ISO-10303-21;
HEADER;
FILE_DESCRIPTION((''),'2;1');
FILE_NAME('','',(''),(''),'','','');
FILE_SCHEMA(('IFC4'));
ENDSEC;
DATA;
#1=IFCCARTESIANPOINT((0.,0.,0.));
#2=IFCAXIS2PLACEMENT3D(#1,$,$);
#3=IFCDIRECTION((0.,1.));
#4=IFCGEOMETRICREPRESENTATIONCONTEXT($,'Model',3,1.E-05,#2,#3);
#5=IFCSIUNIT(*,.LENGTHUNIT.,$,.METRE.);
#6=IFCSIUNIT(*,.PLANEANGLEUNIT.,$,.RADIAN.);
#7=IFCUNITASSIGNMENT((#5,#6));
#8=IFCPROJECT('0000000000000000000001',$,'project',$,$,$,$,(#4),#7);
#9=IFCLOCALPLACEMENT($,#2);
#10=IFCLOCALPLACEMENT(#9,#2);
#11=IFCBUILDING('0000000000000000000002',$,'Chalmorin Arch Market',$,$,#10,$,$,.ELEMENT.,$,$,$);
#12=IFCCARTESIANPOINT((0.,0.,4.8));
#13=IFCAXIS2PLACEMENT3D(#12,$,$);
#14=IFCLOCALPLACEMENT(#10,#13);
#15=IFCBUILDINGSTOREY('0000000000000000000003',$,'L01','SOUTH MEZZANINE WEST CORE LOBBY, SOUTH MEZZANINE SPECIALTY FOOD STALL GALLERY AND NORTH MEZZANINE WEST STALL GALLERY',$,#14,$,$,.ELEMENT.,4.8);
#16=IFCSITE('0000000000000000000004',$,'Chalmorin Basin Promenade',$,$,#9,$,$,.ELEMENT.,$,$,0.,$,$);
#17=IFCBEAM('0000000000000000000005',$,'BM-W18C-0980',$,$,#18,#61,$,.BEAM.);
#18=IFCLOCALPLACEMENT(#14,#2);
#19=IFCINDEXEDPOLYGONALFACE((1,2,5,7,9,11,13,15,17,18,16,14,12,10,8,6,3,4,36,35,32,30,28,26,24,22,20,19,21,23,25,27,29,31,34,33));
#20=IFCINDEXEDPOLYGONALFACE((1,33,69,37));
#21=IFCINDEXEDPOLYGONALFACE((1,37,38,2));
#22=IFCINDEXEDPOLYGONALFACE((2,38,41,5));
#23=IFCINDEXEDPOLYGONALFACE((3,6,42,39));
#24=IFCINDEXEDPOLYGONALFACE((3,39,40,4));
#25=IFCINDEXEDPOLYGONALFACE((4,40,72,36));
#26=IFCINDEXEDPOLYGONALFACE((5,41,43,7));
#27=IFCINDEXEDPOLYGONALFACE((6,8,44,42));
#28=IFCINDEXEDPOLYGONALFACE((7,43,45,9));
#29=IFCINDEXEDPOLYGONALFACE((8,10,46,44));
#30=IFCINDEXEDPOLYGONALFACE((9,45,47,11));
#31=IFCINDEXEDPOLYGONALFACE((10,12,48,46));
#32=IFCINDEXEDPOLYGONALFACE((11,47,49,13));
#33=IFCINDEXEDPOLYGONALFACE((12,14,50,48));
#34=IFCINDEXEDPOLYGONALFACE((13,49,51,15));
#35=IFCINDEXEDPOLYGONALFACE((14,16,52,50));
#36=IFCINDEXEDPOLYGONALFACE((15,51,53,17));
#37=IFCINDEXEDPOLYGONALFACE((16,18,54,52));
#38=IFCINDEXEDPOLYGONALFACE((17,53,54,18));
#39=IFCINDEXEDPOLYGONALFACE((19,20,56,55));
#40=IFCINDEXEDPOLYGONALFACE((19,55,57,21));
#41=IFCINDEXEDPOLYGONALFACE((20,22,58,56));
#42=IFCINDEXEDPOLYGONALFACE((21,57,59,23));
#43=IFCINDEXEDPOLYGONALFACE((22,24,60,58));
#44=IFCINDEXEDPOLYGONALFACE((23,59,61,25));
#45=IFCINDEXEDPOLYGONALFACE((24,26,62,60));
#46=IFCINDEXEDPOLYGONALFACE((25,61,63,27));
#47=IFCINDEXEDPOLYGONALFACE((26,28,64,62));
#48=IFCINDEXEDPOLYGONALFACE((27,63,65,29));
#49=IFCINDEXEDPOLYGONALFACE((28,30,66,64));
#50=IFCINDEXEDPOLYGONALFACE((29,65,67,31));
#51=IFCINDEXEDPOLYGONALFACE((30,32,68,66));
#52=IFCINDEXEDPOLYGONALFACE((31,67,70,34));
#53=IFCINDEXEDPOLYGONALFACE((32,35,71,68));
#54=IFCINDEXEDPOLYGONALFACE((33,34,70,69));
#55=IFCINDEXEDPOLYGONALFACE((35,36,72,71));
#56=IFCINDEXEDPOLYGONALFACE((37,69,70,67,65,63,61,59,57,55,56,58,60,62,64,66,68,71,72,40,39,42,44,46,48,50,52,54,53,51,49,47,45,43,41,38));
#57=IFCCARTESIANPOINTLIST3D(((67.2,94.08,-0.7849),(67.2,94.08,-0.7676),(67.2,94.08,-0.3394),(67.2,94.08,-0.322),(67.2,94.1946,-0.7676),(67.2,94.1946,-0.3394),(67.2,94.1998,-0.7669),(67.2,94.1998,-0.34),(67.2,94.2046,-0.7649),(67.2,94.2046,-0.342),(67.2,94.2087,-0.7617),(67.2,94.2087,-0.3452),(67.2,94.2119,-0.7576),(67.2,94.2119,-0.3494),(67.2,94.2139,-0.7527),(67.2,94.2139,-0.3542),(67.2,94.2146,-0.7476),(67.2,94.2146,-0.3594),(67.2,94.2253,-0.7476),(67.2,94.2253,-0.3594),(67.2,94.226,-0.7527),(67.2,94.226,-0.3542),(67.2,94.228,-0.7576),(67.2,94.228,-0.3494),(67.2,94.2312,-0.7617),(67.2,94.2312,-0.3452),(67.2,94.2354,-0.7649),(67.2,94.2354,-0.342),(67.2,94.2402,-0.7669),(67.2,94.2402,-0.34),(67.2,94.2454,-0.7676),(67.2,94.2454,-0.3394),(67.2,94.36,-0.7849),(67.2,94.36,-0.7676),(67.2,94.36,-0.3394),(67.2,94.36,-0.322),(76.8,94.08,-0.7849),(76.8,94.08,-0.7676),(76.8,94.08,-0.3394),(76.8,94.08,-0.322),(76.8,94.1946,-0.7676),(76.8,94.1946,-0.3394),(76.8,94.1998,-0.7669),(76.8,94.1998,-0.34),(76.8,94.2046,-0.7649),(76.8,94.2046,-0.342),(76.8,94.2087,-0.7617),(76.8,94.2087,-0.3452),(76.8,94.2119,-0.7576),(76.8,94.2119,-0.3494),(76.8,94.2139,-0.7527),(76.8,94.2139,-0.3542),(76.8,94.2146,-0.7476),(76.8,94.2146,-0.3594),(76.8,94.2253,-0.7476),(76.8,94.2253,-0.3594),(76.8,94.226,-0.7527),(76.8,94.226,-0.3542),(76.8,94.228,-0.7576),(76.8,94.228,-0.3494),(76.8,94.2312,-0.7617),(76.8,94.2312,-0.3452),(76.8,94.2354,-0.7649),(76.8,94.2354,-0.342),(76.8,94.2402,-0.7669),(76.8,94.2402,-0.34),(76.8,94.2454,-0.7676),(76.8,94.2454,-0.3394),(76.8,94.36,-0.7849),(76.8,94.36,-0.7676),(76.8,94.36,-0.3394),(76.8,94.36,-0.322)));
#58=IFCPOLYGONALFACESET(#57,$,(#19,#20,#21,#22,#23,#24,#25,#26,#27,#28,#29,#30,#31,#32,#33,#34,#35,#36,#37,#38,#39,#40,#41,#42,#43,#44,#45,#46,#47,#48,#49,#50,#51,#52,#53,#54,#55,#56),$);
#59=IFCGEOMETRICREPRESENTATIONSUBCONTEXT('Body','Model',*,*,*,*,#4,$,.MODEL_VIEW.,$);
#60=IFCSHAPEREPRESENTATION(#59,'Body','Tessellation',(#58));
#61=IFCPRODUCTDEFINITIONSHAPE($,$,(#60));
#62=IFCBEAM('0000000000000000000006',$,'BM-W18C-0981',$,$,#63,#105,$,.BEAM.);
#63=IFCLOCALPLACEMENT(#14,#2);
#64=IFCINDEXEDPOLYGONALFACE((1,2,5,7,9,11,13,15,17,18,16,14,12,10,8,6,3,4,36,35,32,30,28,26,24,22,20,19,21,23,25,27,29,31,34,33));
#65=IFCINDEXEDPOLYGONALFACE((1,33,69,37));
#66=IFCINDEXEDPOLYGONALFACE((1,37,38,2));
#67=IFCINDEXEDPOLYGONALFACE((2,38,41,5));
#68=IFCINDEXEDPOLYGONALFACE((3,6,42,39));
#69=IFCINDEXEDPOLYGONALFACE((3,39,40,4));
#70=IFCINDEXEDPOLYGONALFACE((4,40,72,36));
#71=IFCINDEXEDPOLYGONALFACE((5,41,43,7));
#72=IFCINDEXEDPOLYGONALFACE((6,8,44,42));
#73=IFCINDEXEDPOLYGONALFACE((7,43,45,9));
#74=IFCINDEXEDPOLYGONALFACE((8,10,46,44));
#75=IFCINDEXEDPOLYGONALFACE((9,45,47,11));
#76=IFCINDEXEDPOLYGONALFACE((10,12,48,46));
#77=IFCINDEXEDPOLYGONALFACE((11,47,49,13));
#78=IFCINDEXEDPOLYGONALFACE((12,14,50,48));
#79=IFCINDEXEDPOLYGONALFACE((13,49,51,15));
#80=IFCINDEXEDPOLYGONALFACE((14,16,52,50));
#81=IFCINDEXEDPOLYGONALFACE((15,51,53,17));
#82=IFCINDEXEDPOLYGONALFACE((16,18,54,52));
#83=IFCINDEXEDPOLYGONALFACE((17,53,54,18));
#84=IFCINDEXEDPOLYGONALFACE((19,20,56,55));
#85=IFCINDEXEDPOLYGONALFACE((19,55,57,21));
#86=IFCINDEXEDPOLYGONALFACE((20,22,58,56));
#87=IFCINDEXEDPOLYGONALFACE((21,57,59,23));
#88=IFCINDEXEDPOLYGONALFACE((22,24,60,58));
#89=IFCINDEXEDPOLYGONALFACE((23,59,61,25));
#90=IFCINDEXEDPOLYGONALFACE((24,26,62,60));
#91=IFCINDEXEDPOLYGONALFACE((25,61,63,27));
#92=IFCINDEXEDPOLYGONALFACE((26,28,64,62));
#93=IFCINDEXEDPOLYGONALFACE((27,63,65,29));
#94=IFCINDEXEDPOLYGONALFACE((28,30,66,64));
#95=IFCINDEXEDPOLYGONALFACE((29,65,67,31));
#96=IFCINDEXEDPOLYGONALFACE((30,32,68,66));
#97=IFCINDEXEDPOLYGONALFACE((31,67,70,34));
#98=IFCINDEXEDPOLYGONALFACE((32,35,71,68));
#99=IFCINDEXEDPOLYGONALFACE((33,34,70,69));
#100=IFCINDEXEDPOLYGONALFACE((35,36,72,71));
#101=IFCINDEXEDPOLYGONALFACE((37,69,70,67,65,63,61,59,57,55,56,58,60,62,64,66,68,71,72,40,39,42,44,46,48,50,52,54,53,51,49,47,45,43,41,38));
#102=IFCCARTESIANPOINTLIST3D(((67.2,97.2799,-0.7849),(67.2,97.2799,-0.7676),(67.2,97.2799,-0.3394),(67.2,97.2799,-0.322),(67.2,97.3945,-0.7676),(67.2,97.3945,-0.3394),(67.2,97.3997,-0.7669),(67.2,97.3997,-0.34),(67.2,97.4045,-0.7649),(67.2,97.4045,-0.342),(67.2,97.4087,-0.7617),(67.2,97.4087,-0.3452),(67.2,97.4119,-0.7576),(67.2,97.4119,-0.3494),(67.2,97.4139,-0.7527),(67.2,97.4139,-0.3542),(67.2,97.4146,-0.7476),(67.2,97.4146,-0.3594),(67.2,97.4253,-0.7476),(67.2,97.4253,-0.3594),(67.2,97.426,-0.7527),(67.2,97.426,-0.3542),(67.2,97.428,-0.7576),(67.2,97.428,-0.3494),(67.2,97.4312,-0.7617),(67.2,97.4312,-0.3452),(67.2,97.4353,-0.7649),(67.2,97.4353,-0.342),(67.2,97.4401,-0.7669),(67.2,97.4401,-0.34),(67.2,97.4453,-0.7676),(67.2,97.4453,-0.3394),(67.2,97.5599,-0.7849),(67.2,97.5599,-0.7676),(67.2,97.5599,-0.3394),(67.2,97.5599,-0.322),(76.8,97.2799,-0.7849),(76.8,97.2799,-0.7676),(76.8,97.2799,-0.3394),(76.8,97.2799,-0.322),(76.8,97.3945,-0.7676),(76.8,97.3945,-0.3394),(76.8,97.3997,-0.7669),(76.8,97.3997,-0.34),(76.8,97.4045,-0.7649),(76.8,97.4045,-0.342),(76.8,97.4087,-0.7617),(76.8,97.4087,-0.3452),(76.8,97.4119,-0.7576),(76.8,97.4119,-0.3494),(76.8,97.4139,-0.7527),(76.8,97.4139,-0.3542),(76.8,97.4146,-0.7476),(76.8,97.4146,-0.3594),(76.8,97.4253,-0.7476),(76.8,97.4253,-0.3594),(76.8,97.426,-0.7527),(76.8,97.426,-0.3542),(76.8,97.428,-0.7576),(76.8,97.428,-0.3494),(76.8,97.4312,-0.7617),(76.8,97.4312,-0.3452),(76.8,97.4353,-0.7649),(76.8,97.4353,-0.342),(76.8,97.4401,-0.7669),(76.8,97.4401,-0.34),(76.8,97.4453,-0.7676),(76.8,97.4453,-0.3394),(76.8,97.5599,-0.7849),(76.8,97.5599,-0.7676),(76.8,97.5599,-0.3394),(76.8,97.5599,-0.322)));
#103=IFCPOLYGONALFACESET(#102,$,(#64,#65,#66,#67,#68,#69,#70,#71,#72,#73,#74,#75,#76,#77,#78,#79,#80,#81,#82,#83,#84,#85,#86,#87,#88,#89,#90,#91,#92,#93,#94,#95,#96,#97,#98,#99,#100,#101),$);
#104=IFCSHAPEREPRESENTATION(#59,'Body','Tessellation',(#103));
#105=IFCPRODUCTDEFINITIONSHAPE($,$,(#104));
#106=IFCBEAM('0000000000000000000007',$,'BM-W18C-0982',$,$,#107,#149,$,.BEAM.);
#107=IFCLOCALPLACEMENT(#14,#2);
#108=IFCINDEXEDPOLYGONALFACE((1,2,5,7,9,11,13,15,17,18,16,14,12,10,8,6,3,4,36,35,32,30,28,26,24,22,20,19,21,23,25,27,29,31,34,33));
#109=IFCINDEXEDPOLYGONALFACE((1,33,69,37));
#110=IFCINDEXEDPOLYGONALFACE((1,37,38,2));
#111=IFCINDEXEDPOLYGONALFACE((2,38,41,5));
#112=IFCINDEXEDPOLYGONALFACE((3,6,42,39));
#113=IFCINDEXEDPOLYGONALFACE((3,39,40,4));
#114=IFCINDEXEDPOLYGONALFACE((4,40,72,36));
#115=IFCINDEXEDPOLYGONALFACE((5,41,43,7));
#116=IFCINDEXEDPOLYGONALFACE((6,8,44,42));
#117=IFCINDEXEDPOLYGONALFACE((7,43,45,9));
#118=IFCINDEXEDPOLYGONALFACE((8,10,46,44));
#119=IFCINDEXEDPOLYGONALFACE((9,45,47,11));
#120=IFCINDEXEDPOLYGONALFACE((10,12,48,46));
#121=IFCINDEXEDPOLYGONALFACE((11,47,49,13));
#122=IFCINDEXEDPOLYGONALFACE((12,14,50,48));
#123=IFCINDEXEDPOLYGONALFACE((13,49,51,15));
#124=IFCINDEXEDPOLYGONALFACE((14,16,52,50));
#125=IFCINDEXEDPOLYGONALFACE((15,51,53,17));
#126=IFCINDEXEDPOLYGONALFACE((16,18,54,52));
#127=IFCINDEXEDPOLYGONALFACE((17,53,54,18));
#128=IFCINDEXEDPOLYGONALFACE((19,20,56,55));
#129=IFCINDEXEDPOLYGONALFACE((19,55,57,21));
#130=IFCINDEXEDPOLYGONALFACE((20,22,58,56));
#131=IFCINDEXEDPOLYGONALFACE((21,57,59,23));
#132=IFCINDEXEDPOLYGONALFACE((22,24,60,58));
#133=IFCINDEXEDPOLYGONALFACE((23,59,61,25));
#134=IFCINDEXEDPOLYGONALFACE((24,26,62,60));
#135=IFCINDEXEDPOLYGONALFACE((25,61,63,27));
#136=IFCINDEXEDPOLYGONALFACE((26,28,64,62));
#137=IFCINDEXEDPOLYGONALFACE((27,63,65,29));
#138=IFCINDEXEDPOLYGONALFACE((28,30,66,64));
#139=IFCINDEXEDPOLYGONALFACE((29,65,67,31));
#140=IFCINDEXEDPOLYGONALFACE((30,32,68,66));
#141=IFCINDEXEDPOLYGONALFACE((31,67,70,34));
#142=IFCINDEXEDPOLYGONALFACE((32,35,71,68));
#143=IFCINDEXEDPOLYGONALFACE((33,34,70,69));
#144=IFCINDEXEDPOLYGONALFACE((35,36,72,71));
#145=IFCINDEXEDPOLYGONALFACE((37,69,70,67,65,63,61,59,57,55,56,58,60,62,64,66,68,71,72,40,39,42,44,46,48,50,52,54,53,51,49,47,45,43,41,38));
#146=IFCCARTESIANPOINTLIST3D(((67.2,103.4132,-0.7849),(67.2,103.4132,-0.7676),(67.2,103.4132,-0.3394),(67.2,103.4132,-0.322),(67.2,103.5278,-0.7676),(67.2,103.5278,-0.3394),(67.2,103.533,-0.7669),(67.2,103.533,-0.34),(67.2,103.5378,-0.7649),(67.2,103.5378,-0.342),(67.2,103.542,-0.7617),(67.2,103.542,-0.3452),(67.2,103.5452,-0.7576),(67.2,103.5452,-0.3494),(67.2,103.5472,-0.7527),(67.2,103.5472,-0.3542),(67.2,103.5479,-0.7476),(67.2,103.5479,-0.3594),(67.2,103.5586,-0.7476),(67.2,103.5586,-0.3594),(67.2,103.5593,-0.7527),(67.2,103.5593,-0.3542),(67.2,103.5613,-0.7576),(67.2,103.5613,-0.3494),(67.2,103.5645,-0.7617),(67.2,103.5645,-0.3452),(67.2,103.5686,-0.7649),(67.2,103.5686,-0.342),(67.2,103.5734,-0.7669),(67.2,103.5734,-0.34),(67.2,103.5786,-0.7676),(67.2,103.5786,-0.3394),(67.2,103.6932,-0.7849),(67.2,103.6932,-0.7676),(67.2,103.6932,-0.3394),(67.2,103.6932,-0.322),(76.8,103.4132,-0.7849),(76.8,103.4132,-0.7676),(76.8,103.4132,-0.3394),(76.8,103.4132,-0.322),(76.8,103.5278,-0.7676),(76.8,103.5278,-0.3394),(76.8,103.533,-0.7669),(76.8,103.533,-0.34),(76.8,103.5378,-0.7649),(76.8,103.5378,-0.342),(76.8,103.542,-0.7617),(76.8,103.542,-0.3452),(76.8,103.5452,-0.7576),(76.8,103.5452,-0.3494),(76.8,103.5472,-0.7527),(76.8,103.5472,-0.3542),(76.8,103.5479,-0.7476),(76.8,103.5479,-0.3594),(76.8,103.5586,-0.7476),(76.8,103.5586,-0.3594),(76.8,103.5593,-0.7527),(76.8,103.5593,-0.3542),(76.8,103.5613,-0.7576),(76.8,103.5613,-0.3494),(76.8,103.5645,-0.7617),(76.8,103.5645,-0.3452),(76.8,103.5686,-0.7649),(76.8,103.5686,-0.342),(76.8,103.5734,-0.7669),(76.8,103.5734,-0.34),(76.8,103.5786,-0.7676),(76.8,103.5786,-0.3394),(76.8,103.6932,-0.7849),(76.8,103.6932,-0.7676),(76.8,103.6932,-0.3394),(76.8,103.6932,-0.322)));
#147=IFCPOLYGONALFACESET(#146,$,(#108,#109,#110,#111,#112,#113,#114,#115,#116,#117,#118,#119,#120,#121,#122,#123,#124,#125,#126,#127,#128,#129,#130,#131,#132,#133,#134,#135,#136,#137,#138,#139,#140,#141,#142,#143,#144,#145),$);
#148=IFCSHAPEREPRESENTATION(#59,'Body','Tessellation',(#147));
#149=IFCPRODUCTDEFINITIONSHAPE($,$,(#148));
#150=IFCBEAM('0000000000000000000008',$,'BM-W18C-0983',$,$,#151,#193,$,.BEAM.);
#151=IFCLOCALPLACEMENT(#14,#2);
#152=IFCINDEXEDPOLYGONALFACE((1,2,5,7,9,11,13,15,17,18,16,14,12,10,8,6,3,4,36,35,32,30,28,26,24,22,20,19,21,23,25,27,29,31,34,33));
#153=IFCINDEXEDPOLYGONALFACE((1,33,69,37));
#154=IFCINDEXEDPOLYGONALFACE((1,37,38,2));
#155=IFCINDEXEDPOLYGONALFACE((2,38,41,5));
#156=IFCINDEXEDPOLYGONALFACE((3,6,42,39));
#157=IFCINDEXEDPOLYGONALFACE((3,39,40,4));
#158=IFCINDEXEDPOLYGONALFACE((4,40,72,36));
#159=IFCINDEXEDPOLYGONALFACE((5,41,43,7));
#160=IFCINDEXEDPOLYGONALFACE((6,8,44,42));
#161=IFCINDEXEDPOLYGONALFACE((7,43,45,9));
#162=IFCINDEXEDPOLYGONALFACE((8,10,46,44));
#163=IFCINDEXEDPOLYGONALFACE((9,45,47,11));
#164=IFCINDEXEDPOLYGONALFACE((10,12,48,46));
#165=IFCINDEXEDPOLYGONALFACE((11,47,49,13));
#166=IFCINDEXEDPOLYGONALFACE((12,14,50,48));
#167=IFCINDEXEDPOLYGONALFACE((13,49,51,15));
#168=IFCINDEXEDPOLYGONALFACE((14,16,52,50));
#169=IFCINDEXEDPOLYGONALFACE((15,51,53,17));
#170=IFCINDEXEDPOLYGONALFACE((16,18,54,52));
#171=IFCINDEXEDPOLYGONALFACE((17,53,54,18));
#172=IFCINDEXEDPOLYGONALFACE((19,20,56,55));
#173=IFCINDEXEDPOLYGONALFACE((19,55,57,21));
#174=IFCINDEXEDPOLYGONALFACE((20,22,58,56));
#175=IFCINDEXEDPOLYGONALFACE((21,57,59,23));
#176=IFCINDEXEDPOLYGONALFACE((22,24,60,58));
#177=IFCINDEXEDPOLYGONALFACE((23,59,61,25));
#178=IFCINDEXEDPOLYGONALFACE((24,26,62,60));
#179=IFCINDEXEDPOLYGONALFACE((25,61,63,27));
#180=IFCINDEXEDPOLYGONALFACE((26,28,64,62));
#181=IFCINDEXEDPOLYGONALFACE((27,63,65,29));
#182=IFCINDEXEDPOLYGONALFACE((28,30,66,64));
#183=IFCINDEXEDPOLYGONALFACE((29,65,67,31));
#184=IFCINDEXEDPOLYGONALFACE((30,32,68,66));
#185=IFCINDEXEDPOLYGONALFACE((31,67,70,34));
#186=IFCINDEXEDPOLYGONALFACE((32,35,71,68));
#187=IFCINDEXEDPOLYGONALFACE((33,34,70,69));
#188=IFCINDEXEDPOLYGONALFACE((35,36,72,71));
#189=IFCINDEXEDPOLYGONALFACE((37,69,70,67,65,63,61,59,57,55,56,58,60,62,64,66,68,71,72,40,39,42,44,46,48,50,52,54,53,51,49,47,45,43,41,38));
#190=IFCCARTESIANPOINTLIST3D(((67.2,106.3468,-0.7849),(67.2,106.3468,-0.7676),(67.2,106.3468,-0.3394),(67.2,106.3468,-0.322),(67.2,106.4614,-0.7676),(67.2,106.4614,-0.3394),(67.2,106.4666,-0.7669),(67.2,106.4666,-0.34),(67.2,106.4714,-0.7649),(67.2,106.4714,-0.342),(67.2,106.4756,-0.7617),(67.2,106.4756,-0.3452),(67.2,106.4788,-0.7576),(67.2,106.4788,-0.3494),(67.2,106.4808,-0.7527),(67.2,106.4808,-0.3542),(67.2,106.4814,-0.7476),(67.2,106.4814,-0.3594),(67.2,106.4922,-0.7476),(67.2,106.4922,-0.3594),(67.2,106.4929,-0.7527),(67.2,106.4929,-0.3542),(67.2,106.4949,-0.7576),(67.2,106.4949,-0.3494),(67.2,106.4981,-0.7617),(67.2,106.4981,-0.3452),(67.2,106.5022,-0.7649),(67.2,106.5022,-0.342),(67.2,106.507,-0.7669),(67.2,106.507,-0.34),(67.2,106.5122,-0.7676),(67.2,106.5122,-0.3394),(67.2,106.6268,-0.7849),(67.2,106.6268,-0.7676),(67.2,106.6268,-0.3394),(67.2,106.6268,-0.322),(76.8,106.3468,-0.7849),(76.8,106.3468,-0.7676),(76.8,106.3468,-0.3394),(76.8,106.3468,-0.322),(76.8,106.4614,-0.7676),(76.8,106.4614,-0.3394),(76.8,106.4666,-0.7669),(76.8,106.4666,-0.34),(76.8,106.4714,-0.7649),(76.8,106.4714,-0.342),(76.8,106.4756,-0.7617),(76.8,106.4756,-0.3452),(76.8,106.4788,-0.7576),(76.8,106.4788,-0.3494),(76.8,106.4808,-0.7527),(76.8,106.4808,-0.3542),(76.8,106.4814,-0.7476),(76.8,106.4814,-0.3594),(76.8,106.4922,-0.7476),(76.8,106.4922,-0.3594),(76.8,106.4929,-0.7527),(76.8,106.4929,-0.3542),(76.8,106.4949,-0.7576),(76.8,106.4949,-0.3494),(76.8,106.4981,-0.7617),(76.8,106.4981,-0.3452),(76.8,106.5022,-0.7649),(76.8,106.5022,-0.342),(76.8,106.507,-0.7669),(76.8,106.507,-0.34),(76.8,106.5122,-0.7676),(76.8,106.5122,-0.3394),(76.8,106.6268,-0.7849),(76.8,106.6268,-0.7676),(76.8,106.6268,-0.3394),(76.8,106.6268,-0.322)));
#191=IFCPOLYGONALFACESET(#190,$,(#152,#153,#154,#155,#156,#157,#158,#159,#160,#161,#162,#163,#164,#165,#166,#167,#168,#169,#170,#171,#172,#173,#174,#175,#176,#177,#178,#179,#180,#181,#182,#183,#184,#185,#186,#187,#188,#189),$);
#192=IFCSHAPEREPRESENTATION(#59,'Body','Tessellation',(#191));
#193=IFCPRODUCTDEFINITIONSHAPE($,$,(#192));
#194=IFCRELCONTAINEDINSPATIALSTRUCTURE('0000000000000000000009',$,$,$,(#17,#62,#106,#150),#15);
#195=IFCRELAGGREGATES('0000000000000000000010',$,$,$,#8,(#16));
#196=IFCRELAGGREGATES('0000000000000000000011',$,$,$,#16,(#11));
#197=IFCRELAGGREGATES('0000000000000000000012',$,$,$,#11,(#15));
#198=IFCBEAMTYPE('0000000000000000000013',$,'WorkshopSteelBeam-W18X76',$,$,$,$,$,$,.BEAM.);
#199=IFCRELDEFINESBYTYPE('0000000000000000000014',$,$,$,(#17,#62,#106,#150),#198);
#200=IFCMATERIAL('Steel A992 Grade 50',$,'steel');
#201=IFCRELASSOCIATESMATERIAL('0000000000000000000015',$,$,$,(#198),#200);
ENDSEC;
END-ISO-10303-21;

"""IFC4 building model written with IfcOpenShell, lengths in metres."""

from ifc_helpers import new_model, si_unit, direction, frame, origin, origin_2d, place, context, subcontext, project, spatial, i_section, extrude, material, material_profile, profile_set, type_object, element, save


model = new_model("IFC4")

# Units and contexts
model_context = context("Model", 3, precision=1e-05, world=origin(), true_north=direction((0.0, 1.0)))
body_context = subcontext(model_context, "Body", "Model", "MODEL_VIEW")
ifc_project = project(units=[si_unit("LENGTHUNIT", "METRE"), si_unit("PLANEANGLEUNIT", "RADIAN")], contexts=[model_context])

# Site, building, storey
site_placement = place(None, origin())
site = spatial("IfcSite", under=ifc_project, at=site_placement, Name="Chalmorin Basin Promenade", CompositionType="ELEMENT", RefElevation=0.0)
building_placement = place(site_placement, origin())
building = spatial("IfcBuilding", under=site, at=building_placement, Name="Chalmorin Arch Market", CompositionType="ELEMENT")
storey_placement = place(building_placement, frame((0.0, 0.0, 4.8)))
storey = spatial("IfcBuildingStorey", under=building, at=storey_placement, Name="L01", Description="SOUTH MEZZANINE WEST CORE LOBBY, SOUTH MEZZANINE SPECIALTY FOOD STALL GALLERY AND NORTH MEZZANINE WEST STALL GALLERY", CompositionType="ELEMENT", Elevation=4.8)

# Beams
ifc_material_1 = material(Name="Steel A992 Grade 50", Category="steel")
ifc_material_profile_1 = material_profile(ifc_material_1, i_section(OverallWidth=0.28, OverallDepth=0.4629, WebThickness=0.0107, FlangeThickness=0.0173, FilletRadius=0.02, at=origin_2d()), Name="W18X76")
ifc_profile_set_1 = profile_set([ifc_material_profile_1], Name="Steel A992 Grade 50")
beam_type_1 = type_object("IfcBeamType", Name="WorkshopSteelBeam-W18X76", PredefinedType="BEAM", material=ifc_profile_set_1)
for number, where, z_axis, x_axis, name in (
    (1, (67.2, 94.22, -0.5535), (1.0, 0.0, 0.0), (0.0, 1.0, 0.0), "BM-W18C-0980"),
    (2, (67.2, 97.4199, -0.5535), (1.0, 0.0, 0.0), (0.0, 1.0, 0.0), "BM-W18C-0981"),
    (3, (67.2, 103.5532, -0.5535), (1.0, 0.0, 0.0), (0.0, 1.0, 0.0), "BM-W18C-0982"),
    (4, (67.2, 106.4868, -0.5535), (1.0, 0.0, 0.0), (0.0, 1.0, 0.0), "BM-W18C-0983"),
):
    element("IfcBeam", number, at=place(storey_placement, frame(where, z_axis=z_axis, x_axis=x_axis)), inside=storey, type_object=beam_type_1, Name=name, PredefinedType="BEAM", context=body_context, shape_type="SweptSolid", body=[
        extrude(i_section(OverallWidth=0.28, OverallDepth=0.4629, WebThickness=0.0107, FlangeThickness=0.0173, FilletRadius=0.02, at=origin_2d()), origin(), (0.0, 0.0, 1.0), 9.6001),
    ])

save(model, "model.ifc")
